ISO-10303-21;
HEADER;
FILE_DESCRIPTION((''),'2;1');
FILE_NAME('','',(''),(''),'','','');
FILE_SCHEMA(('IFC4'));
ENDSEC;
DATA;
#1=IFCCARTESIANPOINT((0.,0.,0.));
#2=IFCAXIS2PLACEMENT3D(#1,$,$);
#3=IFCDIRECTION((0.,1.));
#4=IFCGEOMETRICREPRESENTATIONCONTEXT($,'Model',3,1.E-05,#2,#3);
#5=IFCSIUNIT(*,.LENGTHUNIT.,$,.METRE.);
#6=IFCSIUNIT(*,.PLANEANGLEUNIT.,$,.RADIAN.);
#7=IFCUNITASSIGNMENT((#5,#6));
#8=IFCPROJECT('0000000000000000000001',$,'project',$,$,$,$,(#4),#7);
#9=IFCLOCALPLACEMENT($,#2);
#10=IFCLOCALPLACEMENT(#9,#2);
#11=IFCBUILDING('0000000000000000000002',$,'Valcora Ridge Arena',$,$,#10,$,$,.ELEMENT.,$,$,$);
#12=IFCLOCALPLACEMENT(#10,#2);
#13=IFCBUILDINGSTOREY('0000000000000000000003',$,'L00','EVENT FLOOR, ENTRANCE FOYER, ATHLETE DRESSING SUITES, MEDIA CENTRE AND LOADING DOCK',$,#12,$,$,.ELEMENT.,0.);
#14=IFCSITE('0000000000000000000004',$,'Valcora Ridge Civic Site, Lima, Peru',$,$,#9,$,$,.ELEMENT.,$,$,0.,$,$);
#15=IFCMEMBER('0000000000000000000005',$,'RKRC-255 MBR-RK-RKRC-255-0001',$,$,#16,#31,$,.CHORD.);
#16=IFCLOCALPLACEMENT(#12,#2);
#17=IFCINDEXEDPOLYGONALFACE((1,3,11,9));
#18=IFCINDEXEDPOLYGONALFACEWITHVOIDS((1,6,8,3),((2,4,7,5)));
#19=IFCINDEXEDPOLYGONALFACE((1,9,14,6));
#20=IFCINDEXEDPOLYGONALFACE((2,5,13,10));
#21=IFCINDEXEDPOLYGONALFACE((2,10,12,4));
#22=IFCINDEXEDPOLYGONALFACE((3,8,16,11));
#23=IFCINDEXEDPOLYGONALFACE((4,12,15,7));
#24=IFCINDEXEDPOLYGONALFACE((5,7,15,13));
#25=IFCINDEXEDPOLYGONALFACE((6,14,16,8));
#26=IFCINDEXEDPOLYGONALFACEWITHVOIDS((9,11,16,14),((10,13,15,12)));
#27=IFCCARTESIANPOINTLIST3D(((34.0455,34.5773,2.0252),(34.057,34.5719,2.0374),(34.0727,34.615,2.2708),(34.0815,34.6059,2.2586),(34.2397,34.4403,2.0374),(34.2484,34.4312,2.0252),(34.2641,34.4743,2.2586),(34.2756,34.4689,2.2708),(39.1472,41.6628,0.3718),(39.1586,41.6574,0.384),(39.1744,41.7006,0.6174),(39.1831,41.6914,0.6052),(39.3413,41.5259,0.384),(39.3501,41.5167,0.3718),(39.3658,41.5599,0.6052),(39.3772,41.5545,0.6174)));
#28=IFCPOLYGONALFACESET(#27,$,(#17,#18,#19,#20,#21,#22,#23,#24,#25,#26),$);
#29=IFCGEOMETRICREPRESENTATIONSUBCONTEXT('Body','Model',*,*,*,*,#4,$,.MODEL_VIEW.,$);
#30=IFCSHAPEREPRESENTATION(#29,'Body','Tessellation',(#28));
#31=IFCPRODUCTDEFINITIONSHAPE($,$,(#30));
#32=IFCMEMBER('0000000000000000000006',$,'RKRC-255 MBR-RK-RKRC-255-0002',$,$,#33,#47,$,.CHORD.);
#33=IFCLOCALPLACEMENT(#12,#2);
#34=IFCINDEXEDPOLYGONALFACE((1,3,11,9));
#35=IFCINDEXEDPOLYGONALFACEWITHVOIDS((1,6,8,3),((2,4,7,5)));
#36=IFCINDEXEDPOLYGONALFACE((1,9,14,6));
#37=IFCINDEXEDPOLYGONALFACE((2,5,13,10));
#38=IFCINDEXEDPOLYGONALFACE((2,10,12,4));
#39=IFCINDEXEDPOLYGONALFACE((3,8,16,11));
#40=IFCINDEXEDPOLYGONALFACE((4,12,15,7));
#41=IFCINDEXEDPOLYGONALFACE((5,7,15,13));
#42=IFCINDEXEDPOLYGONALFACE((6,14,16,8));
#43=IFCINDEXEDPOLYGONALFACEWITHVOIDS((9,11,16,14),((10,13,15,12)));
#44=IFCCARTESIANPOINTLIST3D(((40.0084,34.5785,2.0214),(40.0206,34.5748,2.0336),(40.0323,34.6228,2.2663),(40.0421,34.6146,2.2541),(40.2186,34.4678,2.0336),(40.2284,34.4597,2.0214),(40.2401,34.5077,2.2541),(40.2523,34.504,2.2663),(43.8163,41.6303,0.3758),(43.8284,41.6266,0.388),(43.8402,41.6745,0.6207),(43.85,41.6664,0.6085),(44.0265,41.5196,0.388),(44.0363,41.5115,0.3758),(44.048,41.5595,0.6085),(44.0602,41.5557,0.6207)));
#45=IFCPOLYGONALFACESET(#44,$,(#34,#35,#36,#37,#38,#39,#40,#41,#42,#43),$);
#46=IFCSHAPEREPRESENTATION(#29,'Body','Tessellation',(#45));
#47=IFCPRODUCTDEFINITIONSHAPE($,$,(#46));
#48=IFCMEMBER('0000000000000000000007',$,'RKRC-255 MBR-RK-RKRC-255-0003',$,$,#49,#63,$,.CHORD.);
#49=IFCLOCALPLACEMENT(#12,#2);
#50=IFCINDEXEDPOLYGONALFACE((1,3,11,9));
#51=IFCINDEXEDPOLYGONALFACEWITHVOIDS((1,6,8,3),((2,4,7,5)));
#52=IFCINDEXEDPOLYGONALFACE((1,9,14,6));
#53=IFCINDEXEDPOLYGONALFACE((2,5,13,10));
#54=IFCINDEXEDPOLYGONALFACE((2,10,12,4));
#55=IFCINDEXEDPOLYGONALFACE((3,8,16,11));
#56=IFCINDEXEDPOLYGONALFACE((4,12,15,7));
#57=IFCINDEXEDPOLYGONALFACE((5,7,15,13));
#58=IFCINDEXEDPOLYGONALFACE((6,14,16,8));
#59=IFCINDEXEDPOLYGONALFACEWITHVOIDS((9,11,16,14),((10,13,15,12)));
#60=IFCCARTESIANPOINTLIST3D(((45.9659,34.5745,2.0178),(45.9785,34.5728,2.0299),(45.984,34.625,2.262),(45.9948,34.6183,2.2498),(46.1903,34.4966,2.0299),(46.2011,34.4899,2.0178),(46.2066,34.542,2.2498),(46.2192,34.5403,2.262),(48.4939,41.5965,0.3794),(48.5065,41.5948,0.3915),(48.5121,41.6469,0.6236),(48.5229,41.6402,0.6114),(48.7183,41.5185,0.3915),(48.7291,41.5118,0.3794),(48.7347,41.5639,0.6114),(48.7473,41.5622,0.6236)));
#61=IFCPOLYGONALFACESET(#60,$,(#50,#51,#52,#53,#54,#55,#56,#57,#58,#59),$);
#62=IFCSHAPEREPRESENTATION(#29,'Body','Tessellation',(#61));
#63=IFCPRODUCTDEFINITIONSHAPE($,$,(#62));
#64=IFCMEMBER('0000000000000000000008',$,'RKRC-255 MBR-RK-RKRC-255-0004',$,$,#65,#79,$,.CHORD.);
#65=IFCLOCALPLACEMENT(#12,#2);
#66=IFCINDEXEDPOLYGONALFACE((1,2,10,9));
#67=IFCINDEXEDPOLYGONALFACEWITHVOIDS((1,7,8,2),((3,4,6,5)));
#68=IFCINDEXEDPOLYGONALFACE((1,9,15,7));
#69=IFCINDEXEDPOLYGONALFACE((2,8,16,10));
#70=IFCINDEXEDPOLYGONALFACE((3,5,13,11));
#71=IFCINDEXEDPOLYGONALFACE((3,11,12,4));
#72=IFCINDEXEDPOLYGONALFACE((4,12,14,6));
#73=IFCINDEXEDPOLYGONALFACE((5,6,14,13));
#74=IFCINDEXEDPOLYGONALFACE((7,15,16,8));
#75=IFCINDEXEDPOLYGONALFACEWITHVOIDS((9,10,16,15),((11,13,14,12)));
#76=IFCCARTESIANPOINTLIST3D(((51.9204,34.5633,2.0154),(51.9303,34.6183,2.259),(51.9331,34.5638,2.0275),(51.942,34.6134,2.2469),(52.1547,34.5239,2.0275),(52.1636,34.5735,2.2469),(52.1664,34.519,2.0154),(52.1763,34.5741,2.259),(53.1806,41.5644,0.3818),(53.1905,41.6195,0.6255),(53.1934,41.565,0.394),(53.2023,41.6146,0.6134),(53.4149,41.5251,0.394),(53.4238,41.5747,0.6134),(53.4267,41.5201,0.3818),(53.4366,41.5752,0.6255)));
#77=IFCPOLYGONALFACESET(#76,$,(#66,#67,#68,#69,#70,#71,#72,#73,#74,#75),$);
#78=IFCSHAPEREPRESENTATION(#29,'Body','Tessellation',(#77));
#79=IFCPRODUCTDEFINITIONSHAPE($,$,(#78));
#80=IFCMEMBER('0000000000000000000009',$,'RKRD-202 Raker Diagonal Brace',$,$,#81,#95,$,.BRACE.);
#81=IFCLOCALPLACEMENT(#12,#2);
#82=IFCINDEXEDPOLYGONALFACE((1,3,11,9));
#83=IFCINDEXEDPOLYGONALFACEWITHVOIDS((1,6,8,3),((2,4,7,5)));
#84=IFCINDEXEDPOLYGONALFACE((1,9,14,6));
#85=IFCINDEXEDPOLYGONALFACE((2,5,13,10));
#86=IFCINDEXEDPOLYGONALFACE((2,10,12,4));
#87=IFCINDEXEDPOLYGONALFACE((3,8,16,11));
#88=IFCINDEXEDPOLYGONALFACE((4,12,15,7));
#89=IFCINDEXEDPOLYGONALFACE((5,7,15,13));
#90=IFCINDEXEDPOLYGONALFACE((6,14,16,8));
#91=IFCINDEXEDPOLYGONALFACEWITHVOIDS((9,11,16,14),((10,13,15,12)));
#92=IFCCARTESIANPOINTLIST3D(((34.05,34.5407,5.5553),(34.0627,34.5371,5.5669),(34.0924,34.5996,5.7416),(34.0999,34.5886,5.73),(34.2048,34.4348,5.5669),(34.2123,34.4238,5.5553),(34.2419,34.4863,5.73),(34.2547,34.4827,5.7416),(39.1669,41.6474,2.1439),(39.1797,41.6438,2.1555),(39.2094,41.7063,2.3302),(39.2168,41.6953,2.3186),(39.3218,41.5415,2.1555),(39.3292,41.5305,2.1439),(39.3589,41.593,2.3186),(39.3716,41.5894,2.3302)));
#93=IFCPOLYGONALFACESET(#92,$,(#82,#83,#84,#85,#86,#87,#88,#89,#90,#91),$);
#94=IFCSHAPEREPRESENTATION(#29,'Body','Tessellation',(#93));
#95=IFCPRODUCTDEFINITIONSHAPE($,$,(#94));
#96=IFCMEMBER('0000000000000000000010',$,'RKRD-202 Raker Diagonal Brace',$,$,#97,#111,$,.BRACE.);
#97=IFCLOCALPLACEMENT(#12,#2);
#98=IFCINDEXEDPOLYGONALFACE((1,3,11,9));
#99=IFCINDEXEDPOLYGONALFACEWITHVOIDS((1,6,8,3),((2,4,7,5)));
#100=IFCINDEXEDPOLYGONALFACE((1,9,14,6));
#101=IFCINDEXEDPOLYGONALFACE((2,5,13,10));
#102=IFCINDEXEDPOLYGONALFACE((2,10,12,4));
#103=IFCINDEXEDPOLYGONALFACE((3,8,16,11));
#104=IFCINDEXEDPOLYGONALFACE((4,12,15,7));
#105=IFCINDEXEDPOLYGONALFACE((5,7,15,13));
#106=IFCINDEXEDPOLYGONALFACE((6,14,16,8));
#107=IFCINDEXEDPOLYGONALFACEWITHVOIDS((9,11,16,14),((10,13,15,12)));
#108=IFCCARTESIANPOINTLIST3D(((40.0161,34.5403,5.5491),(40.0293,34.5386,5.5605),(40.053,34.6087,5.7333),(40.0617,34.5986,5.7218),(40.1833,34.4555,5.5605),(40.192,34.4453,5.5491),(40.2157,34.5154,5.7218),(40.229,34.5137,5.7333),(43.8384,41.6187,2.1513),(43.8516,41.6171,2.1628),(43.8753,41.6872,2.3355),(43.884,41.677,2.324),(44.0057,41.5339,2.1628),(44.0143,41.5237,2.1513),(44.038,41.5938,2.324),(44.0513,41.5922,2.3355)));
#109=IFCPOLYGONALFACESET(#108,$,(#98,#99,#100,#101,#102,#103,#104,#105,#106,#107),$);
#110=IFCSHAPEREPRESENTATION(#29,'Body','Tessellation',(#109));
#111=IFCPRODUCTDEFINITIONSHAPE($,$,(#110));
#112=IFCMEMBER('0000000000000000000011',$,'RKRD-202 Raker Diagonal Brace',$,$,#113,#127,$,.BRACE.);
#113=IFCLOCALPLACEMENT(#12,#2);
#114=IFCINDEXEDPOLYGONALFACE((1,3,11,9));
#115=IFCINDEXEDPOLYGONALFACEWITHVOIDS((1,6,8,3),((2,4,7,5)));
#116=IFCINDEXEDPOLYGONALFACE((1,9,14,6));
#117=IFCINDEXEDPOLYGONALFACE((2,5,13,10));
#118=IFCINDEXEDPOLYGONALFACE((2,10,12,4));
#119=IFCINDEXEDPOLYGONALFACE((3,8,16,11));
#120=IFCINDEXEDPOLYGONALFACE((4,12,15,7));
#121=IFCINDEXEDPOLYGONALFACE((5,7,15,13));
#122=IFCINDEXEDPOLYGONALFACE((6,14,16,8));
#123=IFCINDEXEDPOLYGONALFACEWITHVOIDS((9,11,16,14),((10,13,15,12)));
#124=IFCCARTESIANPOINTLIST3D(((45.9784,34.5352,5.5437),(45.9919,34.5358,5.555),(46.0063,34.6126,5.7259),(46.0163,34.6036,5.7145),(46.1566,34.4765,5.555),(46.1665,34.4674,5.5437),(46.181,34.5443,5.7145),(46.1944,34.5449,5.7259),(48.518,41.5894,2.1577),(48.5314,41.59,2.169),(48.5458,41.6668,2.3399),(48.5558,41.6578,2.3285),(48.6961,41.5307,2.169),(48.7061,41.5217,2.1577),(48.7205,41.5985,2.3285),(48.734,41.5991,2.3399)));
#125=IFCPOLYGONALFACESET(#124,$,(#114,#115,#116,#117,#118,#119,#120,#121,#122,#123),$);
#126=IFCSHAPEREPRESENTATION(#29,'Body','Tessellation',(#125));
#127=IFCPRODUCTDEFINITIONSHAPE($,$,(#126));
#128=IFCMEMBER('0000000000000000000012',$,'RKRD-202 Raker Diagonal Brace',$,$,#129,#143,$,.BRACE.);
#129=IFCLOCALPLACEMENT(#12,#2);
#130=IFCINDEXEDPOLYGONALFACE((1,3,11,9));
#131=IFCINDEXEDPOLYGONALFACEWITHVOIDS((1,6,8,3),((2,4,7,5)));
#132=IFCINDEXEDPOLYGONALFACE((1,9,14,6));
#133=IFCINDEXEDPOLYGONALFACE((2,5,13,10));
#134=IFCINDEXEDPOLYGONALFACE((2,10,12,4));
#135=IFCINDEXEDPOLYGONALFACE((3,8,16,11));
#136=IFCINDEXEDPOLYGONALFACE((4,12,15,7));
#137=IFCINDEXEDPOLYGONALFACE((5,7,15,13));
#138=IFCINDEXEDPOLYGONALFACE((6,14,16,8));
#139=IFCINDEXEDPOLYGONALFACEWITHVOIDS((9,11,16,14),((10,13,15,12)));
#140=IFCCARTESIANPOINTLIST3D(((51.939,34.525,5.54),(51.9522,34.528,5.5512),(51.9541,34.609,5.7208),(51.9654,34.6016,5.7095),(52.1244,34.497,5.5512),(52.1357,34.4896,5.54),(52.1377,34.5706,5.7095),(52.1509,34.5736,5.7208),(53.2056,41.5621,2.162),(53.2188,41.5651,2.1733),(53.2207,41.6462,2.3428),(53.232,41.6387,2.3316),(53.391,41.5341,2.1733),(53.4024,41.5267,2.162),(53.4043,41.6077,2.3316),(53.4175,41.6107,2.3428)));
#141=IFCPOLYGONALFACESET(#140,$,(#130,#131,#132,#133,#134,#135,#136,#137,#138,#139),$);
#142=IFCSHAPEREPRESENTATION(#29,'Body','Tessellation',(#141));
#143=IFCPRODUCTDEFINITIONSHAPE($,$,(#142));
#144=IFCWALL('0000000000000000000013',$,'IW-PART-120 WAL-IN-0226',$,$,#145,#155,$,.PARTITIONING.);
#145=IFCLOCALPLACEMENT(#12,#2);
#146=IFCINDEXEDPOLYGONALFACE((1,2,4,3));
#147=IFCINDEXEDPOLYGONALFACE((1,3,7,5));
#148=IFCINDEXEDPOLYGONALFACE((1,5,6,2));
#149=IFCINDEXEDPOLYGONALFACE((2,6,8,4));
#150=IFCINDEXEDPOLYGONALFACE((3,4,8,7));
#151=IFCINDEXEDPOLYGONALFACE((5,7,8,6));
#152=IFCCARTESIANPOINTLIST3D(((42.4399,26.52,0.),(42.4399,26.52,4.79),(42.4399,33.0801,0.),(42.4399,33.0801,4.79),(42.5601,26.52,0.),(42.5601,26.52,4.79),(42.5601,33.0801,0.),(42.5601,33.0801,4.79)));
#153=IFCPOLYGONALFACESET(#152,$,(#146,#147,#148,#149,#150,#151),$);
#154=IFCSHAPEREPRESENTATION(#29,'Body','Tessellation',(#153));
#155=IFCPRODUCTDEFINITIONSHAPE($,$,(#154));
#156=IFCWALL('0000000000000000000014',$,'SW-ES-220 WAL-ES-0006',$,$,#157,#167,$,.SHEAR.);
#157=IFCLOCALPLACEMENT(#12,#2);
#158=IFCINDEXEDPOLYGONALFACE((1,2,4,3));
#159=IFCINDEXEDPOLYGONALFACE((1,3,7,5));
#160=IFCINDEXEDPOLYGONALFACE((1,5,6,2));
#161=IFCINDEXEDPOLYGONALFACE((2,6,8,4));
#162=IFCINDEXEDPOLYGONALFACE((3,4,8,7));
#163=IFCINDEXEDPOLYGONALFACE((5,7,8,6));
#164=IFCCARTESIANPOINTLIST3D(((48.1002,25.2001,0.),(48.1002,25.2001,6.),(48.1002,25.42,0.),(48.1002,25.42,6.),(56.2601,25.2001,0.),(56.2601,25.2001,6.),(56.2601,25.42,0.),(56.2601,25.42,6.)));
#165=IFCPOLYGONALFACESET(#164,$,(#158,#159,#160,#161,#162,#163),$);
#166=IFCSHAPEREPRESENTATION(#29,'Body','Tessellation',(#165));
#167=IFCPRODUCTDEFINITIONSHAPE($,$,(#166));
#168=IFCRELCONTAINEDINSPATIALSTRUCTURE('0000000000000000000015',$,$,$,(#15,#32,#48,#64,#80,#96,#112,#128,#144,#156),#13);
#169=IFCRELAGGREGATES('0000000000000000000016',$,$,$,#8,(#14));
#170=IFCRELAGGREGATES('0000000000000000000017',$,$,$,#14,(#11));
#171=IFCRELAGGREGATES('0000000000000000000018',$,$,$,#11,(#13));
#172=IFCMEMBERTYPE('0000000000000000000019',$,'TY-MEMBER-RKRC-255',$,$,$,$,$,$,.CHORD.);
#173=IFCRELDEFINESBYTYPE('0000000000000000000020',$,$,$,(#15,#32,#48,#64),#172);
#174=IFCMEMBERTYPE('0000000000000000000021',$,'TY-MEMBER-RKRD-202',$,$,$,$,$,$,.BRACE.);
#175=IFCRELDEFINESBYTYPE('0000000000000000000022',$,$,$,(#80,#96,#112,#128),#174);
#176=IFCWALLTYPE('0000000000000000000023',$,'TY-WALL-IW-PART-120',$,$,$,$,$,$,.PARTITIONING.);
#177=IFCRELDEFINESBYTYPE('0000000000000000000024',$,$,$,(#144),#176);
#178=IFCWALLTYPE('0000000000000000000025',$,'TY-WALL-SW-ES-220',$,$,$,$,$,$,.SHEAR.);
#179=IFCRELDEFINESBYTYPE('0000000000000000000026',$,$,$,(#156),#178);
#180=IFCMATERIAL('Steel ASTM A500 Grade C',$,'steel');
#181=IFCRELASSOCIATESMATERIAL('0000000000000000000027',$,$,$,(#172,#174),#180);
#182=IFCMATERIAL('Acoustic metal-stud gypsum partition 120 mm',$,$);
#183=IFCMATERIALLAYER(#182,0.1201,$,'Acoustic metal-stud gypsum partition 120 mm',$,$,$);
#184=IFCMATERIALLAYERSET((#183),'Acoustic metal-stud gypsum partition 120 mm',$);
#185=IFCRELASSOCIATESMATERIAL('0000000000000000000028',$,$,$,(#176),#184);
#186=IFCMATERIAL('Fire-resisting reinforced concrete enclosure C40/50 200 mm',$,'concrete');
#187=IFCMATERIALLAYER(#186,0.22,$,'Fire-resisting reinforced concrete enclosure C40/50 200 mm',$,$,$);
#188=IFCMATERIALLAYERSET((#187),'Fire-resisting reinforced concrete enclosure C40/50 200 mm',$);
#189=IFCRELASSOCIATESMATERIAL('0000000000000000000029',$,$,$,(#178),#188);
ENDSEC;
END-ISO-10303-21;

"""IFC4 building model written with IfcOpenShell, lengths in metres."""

from ifc_helpers import new_model, si_unit, direction, frame, frame_2d, origin, origin_2d, place, context, subcontext, project, spatial, rectangle, hollow_rectangle, extrude, material, layer, layer_set, material_profile, profile_set, type_object, element, save


model = new_model("IFC4")

# Units and contexts
model_context = context("Model", 3, precision=1e-05, world=origin(), true_north=direction((0.0, 1.0)))
body_context = subcontext(model_context, "Body", "Model", "MODEL_VIEW")
ifc_project = project(units=[si_unit("LENGTHUNIT", "METRE"), si_unit("PLANEANGLEUNIT", "RADIAN")], contexts=[model_context])

# Site, building, storey
site_placement = place(None, origin())
site = spatial("IfcSite", under=ifc_project, at=site_placement, Name="Valcora Ridge Civic Site, Lima, Peru", CompositionType="ELEMENT", RefElevation=0.0)
building_placement = place(site_placement, origin())
building = spatial("IfcBuilding", under=site, at=building_placement, Name="Valcora Ridge Arena", CompositionType="ELEMENT")
storey_placement = place(building_placement, origin())
storey = spatial("IfcBuildingStorey", under=building, at=storey_placement, Name="L00", Description="EVENT FLOOR, ENTRANCE FOYER, ATHLETE DRESSING SUITES, MEDIA CENTRE AND LOADING DOCK", CompositionType="ELEMENT", Elevation=0.0)

# Members
ifc_material_1 = material(Name="Steel ASTM A500 Grade C", Category="steel")
ifc_material_profile_1 = material_profile(ifc_material_1, hollow_rectangle(XDim=0.25, YDim=0.25, WallThickness=0.0125, at=origin_2d()), Name="HSS250X250X12")
ifc_profile_set_1 = profile_set([ifc_material_profile_1], Name="Steel ASTM A500 Grade C")
member_type_1 = type_object("IfcMemberType", Name="TY-MEMBER-RKRC-255", PredefinedType="CHORD", material=ifc_profile_set_1)
member_1_placement = place(storey_placement, frame((39.2622, 41.6086, 0.4946), z_axis=(-0.574105, -0.797362, 0.186057), x_axis=(0.811532, -0.584308, 0.0)))
element("IfcMember", 1, at=member_1_placement, inside=storey, type_object=member_type_1, Name="RKRC-255 MBR-RK-RKRC-255-0001", PredefinedType="CHORD", context=body_context, shape_type="SweptSolid", body=[
    extrude(hollow_rectangle(XDim=0.25, YDim=0.25, WallThickness=0.0125, at=origin_2d()), origin(), (0.0, 0.0, 1.0), 8.8862),
])
member_2_placement = place(storey_placement, frame((43.9382, 41.593, 0.4983), z_axis=(-0.465431, -0.861929, 0.201129), x_axis=(0.87991, -0.47514, 0.0)))
element("IfcMember", 2, at=member_2_placement, inside=storey, type_object=member_type_1, Name="RKRC-255 MBR-RK-RKRC-255-0002", PredefinedType="CHORD", context=body_context, shape_type="SweptSolid", body=[
    extrude(hollow_rectangle(XDim=0.25, YDim=0.25, WallThickness=0.0125, at=origin_2d()), origin(), (0.0, 0.0, 1.0), 8.1814),
])
member_3_placement = place(storey_placement, frame((48.6206, 41.5793, 0.5015), z_axis=(-0.33086, -0.918995, 0.214428), x_axis=(0.94088, -0.338739, 0.0)))
element("IfcMember", 3, at=member_3_placement, inside=storey, type_object=member_type_1, Name="RKRC-255 MBR-RK-RKRC-255-0003", PredefinedType="CHORD", context=body_context, shape_type="SweptSolid", body=[
    extrude(hollow_rectangle(XDim=0.25, YDim=0.25, WallThickness=0.0125, at=origin_2d()), origin(), (0.0, 0.0, 1.0), 7.6409),
])
member_4_placement = place(storey_placement, frame((53.3086, 41.5698, 0.5037), z_axis=(-0.172664, -0.959217, 0.223807), x_axis=(0.984182, -0.177158, 0.0)))
element("IfcMember", 4, at=member_4_placement, inside=storey, type_object=member_type_1, Name="RKRC-255 MBR-RK-RKRC-255-0004", PredefinedType="CHORD", context=body_context, shape_type="SweptSolid", body=[
    extrude(hollow_rectangle(XDim=0.25, YDim=0.25, WallThickness=0.0125, at=origin_2d()), origin(), (0.0, 0.0, 1.0), 7.2988),
])
ifc_material_profile_2 = material_profile(ifc_material_1, hollow_rectangle(XDim=0.2, YDim=0.2, WallThickness=0.0125, at=origin_2d()), Name="HSS200X200X12")
ifc_profile_set_2 = profile_set([ifc_material_profile_2], Name="Steel ASTM A500 Grade C")
member_type_2 = type_object("IfcMemberType", Name="TY-MEMBER-RKRD-202", PredefinedType="BRACE", material=ifc_profile_set_2)
member_5_placement = place(storey_placement, frame((39.2693, 41.6184, 2.2371), z_axis=(-0.544462, -0.756178, 0.362983), x_axis=(0.811527, -0.584314, 0.0)))
element("IfcMember", 5, at=member_5_placement, inside=storey, type_object=member_type_2, Name="RKRD-202 Raker Diagonal Brace", PredefinedType="BRACE", context=body_context, shape_type="SweptSolid", body=[
    extrude(hollow_rectangle(XDim=0.2, YDim=0.2, WallThickness=0.0125, at=origin_2d()), origin(), (0.0, 0.0, 1.0), 9.3982),
])
member_6_placement = place(storey_placement, frame((43.9448, 41.6055, 2.2434), z_axis=(-0.437703, -0.810573, 0.389085), x_axis=(0.879908, -0.475144, 0.0)))
element("IfcMember", 6, at=member_6_placement, inside=storey, type_object=member_type_2, Name="RKRD-202 Raker Diagonal Brace", PredefinedType="BRACE", context=body_context, shape_type="SweptSolid", body=[
    extrude(hollow_rectangle(XDim=0.2, YDim=0.2, WallThickness=0.0125, at=origin_2d()), origin(), (0.0, 0.0, 1.0), 8.7327),
])
member_7_placement = place(storey_placement, frame((48.626, 41.5942, 2.2488), z_axis=(-0.308702, -0.857493, 0.411593), x_axis=(0.940886, -0.338724, 0.0)))
element("IfcMember", 7, at=member_7_placement, inside=storey, type_object=member_type_2, Name="RKRD-202 Raker Diagonal Brace", PredefinedType="BRACE", context=body_context, shape_type="SweptSolid", body=[
    extrude(hollow_rectangle(XDim=0.2, YDim=0.2, WallThickness=0.0125, at=origin_2d()), origin(), (0.0, 0.0, 1.0), 8.2266),
])
member_8_placement = place(storey_placement, frame((53.3115, 41.5864, 2.2524), z_axis=(-0.160168, -0.889878, 0.427156), x_axis=(0.984185, -0.177142, 0.0)))
element("IfcMember", 8, at=member_8_placement, inside=storey, type_object=member_type_2, Name="RKRD-202 Raker Diagonal Brace", PredefinedType="BRACE", context=body_context, shape_type="SweptSolid", body=[
    extrude(hollow_rectangle(XDim=0.2, YDim=0.2, WallThickness=0.0125, at=origin_2d()), origin(), (0.0, 0.0, 1.0), 7.908),
])

# Walls
ifc_material_2 = material(Name="Acoustic metal-stud gypsum partition 120 mm")
ifc_layer_1 = layer(ifc_material_2, 0.1201, Name="Acoustic metal-stud gypsum partition 120 mm")
ifc_layer_set_1 = layer_set([ifc_layer_1], Name="Acoustic metal-stud gypsum partition 120 mm")
wall_type_1 = type_object("IfcWallType", Name="TY-WALL-IW-PART-120", PredefinedType="PARTITIONING", material=ifc_layer_set_1)
wall_1_placement = place(storey_placement, frame((42.5, 26.52, 0.0), z_axis=(0.0, 0.0, 1.0), x_axis=(0.0, 1.0, 0.0)))
element("IfcWall", 9, at=wall_1_placement, inside=storey, type_object=wall_type_1, Name="IW-PART-120 WAL-IN-0226", PredefinedType="PARTITIONING", context=body_context, shape_type="SweptSolid", body=[
    extrude(rectangle(XDim=6.5601, YDim=0.1201, at=frame_2d((3.28, 0.0))), origin(), (0.0, 0.0, 1.0), 4.79),
])
ifc_material_3 = material(Name="Fire-resisting reinforced concrete enclosure C40/50 200 mm", Category="concrete")
ifc_layer_2 = layer(ifc_material_3, 0.22, Name="Fire-resisting reinforced concrete enclosure C40/50 200 mm")
ifc_layer_set_2 = layer_set([ifc_layer_2], Name="Fire-resisting reinforced concrete enclosure C40/50 200 mm")
wall_type_2 = type_object("IfcWallType", Name="TY-WALL-SW-ES-220", PredefinedType="SHEAR", material=ifc_layer_set_2)
wall_2_placement = place(storey_placement, frame((48.1001, 25.3101, 0.0), z_axis=(0.0, 0.0, 1.0), x_axis=(1.0, 0.0, 0.0)))
element("IfcWall", 10, at=wall_2_placement, inside=storey, type_object=wall_type_2, Name="SW-ES-220 WAL-ES-0006", PredefinedType="SHEAR", context=body_context, shape_type="SweptSolid", body=[
    extrude(rectangle(XDim=8.1599, YDim=0.22, at=frame_2d((4.0801, 0.0))), origin(), (0.0, 0.0, 1.0), 6.0),
])

save(model, "model.ifc")
